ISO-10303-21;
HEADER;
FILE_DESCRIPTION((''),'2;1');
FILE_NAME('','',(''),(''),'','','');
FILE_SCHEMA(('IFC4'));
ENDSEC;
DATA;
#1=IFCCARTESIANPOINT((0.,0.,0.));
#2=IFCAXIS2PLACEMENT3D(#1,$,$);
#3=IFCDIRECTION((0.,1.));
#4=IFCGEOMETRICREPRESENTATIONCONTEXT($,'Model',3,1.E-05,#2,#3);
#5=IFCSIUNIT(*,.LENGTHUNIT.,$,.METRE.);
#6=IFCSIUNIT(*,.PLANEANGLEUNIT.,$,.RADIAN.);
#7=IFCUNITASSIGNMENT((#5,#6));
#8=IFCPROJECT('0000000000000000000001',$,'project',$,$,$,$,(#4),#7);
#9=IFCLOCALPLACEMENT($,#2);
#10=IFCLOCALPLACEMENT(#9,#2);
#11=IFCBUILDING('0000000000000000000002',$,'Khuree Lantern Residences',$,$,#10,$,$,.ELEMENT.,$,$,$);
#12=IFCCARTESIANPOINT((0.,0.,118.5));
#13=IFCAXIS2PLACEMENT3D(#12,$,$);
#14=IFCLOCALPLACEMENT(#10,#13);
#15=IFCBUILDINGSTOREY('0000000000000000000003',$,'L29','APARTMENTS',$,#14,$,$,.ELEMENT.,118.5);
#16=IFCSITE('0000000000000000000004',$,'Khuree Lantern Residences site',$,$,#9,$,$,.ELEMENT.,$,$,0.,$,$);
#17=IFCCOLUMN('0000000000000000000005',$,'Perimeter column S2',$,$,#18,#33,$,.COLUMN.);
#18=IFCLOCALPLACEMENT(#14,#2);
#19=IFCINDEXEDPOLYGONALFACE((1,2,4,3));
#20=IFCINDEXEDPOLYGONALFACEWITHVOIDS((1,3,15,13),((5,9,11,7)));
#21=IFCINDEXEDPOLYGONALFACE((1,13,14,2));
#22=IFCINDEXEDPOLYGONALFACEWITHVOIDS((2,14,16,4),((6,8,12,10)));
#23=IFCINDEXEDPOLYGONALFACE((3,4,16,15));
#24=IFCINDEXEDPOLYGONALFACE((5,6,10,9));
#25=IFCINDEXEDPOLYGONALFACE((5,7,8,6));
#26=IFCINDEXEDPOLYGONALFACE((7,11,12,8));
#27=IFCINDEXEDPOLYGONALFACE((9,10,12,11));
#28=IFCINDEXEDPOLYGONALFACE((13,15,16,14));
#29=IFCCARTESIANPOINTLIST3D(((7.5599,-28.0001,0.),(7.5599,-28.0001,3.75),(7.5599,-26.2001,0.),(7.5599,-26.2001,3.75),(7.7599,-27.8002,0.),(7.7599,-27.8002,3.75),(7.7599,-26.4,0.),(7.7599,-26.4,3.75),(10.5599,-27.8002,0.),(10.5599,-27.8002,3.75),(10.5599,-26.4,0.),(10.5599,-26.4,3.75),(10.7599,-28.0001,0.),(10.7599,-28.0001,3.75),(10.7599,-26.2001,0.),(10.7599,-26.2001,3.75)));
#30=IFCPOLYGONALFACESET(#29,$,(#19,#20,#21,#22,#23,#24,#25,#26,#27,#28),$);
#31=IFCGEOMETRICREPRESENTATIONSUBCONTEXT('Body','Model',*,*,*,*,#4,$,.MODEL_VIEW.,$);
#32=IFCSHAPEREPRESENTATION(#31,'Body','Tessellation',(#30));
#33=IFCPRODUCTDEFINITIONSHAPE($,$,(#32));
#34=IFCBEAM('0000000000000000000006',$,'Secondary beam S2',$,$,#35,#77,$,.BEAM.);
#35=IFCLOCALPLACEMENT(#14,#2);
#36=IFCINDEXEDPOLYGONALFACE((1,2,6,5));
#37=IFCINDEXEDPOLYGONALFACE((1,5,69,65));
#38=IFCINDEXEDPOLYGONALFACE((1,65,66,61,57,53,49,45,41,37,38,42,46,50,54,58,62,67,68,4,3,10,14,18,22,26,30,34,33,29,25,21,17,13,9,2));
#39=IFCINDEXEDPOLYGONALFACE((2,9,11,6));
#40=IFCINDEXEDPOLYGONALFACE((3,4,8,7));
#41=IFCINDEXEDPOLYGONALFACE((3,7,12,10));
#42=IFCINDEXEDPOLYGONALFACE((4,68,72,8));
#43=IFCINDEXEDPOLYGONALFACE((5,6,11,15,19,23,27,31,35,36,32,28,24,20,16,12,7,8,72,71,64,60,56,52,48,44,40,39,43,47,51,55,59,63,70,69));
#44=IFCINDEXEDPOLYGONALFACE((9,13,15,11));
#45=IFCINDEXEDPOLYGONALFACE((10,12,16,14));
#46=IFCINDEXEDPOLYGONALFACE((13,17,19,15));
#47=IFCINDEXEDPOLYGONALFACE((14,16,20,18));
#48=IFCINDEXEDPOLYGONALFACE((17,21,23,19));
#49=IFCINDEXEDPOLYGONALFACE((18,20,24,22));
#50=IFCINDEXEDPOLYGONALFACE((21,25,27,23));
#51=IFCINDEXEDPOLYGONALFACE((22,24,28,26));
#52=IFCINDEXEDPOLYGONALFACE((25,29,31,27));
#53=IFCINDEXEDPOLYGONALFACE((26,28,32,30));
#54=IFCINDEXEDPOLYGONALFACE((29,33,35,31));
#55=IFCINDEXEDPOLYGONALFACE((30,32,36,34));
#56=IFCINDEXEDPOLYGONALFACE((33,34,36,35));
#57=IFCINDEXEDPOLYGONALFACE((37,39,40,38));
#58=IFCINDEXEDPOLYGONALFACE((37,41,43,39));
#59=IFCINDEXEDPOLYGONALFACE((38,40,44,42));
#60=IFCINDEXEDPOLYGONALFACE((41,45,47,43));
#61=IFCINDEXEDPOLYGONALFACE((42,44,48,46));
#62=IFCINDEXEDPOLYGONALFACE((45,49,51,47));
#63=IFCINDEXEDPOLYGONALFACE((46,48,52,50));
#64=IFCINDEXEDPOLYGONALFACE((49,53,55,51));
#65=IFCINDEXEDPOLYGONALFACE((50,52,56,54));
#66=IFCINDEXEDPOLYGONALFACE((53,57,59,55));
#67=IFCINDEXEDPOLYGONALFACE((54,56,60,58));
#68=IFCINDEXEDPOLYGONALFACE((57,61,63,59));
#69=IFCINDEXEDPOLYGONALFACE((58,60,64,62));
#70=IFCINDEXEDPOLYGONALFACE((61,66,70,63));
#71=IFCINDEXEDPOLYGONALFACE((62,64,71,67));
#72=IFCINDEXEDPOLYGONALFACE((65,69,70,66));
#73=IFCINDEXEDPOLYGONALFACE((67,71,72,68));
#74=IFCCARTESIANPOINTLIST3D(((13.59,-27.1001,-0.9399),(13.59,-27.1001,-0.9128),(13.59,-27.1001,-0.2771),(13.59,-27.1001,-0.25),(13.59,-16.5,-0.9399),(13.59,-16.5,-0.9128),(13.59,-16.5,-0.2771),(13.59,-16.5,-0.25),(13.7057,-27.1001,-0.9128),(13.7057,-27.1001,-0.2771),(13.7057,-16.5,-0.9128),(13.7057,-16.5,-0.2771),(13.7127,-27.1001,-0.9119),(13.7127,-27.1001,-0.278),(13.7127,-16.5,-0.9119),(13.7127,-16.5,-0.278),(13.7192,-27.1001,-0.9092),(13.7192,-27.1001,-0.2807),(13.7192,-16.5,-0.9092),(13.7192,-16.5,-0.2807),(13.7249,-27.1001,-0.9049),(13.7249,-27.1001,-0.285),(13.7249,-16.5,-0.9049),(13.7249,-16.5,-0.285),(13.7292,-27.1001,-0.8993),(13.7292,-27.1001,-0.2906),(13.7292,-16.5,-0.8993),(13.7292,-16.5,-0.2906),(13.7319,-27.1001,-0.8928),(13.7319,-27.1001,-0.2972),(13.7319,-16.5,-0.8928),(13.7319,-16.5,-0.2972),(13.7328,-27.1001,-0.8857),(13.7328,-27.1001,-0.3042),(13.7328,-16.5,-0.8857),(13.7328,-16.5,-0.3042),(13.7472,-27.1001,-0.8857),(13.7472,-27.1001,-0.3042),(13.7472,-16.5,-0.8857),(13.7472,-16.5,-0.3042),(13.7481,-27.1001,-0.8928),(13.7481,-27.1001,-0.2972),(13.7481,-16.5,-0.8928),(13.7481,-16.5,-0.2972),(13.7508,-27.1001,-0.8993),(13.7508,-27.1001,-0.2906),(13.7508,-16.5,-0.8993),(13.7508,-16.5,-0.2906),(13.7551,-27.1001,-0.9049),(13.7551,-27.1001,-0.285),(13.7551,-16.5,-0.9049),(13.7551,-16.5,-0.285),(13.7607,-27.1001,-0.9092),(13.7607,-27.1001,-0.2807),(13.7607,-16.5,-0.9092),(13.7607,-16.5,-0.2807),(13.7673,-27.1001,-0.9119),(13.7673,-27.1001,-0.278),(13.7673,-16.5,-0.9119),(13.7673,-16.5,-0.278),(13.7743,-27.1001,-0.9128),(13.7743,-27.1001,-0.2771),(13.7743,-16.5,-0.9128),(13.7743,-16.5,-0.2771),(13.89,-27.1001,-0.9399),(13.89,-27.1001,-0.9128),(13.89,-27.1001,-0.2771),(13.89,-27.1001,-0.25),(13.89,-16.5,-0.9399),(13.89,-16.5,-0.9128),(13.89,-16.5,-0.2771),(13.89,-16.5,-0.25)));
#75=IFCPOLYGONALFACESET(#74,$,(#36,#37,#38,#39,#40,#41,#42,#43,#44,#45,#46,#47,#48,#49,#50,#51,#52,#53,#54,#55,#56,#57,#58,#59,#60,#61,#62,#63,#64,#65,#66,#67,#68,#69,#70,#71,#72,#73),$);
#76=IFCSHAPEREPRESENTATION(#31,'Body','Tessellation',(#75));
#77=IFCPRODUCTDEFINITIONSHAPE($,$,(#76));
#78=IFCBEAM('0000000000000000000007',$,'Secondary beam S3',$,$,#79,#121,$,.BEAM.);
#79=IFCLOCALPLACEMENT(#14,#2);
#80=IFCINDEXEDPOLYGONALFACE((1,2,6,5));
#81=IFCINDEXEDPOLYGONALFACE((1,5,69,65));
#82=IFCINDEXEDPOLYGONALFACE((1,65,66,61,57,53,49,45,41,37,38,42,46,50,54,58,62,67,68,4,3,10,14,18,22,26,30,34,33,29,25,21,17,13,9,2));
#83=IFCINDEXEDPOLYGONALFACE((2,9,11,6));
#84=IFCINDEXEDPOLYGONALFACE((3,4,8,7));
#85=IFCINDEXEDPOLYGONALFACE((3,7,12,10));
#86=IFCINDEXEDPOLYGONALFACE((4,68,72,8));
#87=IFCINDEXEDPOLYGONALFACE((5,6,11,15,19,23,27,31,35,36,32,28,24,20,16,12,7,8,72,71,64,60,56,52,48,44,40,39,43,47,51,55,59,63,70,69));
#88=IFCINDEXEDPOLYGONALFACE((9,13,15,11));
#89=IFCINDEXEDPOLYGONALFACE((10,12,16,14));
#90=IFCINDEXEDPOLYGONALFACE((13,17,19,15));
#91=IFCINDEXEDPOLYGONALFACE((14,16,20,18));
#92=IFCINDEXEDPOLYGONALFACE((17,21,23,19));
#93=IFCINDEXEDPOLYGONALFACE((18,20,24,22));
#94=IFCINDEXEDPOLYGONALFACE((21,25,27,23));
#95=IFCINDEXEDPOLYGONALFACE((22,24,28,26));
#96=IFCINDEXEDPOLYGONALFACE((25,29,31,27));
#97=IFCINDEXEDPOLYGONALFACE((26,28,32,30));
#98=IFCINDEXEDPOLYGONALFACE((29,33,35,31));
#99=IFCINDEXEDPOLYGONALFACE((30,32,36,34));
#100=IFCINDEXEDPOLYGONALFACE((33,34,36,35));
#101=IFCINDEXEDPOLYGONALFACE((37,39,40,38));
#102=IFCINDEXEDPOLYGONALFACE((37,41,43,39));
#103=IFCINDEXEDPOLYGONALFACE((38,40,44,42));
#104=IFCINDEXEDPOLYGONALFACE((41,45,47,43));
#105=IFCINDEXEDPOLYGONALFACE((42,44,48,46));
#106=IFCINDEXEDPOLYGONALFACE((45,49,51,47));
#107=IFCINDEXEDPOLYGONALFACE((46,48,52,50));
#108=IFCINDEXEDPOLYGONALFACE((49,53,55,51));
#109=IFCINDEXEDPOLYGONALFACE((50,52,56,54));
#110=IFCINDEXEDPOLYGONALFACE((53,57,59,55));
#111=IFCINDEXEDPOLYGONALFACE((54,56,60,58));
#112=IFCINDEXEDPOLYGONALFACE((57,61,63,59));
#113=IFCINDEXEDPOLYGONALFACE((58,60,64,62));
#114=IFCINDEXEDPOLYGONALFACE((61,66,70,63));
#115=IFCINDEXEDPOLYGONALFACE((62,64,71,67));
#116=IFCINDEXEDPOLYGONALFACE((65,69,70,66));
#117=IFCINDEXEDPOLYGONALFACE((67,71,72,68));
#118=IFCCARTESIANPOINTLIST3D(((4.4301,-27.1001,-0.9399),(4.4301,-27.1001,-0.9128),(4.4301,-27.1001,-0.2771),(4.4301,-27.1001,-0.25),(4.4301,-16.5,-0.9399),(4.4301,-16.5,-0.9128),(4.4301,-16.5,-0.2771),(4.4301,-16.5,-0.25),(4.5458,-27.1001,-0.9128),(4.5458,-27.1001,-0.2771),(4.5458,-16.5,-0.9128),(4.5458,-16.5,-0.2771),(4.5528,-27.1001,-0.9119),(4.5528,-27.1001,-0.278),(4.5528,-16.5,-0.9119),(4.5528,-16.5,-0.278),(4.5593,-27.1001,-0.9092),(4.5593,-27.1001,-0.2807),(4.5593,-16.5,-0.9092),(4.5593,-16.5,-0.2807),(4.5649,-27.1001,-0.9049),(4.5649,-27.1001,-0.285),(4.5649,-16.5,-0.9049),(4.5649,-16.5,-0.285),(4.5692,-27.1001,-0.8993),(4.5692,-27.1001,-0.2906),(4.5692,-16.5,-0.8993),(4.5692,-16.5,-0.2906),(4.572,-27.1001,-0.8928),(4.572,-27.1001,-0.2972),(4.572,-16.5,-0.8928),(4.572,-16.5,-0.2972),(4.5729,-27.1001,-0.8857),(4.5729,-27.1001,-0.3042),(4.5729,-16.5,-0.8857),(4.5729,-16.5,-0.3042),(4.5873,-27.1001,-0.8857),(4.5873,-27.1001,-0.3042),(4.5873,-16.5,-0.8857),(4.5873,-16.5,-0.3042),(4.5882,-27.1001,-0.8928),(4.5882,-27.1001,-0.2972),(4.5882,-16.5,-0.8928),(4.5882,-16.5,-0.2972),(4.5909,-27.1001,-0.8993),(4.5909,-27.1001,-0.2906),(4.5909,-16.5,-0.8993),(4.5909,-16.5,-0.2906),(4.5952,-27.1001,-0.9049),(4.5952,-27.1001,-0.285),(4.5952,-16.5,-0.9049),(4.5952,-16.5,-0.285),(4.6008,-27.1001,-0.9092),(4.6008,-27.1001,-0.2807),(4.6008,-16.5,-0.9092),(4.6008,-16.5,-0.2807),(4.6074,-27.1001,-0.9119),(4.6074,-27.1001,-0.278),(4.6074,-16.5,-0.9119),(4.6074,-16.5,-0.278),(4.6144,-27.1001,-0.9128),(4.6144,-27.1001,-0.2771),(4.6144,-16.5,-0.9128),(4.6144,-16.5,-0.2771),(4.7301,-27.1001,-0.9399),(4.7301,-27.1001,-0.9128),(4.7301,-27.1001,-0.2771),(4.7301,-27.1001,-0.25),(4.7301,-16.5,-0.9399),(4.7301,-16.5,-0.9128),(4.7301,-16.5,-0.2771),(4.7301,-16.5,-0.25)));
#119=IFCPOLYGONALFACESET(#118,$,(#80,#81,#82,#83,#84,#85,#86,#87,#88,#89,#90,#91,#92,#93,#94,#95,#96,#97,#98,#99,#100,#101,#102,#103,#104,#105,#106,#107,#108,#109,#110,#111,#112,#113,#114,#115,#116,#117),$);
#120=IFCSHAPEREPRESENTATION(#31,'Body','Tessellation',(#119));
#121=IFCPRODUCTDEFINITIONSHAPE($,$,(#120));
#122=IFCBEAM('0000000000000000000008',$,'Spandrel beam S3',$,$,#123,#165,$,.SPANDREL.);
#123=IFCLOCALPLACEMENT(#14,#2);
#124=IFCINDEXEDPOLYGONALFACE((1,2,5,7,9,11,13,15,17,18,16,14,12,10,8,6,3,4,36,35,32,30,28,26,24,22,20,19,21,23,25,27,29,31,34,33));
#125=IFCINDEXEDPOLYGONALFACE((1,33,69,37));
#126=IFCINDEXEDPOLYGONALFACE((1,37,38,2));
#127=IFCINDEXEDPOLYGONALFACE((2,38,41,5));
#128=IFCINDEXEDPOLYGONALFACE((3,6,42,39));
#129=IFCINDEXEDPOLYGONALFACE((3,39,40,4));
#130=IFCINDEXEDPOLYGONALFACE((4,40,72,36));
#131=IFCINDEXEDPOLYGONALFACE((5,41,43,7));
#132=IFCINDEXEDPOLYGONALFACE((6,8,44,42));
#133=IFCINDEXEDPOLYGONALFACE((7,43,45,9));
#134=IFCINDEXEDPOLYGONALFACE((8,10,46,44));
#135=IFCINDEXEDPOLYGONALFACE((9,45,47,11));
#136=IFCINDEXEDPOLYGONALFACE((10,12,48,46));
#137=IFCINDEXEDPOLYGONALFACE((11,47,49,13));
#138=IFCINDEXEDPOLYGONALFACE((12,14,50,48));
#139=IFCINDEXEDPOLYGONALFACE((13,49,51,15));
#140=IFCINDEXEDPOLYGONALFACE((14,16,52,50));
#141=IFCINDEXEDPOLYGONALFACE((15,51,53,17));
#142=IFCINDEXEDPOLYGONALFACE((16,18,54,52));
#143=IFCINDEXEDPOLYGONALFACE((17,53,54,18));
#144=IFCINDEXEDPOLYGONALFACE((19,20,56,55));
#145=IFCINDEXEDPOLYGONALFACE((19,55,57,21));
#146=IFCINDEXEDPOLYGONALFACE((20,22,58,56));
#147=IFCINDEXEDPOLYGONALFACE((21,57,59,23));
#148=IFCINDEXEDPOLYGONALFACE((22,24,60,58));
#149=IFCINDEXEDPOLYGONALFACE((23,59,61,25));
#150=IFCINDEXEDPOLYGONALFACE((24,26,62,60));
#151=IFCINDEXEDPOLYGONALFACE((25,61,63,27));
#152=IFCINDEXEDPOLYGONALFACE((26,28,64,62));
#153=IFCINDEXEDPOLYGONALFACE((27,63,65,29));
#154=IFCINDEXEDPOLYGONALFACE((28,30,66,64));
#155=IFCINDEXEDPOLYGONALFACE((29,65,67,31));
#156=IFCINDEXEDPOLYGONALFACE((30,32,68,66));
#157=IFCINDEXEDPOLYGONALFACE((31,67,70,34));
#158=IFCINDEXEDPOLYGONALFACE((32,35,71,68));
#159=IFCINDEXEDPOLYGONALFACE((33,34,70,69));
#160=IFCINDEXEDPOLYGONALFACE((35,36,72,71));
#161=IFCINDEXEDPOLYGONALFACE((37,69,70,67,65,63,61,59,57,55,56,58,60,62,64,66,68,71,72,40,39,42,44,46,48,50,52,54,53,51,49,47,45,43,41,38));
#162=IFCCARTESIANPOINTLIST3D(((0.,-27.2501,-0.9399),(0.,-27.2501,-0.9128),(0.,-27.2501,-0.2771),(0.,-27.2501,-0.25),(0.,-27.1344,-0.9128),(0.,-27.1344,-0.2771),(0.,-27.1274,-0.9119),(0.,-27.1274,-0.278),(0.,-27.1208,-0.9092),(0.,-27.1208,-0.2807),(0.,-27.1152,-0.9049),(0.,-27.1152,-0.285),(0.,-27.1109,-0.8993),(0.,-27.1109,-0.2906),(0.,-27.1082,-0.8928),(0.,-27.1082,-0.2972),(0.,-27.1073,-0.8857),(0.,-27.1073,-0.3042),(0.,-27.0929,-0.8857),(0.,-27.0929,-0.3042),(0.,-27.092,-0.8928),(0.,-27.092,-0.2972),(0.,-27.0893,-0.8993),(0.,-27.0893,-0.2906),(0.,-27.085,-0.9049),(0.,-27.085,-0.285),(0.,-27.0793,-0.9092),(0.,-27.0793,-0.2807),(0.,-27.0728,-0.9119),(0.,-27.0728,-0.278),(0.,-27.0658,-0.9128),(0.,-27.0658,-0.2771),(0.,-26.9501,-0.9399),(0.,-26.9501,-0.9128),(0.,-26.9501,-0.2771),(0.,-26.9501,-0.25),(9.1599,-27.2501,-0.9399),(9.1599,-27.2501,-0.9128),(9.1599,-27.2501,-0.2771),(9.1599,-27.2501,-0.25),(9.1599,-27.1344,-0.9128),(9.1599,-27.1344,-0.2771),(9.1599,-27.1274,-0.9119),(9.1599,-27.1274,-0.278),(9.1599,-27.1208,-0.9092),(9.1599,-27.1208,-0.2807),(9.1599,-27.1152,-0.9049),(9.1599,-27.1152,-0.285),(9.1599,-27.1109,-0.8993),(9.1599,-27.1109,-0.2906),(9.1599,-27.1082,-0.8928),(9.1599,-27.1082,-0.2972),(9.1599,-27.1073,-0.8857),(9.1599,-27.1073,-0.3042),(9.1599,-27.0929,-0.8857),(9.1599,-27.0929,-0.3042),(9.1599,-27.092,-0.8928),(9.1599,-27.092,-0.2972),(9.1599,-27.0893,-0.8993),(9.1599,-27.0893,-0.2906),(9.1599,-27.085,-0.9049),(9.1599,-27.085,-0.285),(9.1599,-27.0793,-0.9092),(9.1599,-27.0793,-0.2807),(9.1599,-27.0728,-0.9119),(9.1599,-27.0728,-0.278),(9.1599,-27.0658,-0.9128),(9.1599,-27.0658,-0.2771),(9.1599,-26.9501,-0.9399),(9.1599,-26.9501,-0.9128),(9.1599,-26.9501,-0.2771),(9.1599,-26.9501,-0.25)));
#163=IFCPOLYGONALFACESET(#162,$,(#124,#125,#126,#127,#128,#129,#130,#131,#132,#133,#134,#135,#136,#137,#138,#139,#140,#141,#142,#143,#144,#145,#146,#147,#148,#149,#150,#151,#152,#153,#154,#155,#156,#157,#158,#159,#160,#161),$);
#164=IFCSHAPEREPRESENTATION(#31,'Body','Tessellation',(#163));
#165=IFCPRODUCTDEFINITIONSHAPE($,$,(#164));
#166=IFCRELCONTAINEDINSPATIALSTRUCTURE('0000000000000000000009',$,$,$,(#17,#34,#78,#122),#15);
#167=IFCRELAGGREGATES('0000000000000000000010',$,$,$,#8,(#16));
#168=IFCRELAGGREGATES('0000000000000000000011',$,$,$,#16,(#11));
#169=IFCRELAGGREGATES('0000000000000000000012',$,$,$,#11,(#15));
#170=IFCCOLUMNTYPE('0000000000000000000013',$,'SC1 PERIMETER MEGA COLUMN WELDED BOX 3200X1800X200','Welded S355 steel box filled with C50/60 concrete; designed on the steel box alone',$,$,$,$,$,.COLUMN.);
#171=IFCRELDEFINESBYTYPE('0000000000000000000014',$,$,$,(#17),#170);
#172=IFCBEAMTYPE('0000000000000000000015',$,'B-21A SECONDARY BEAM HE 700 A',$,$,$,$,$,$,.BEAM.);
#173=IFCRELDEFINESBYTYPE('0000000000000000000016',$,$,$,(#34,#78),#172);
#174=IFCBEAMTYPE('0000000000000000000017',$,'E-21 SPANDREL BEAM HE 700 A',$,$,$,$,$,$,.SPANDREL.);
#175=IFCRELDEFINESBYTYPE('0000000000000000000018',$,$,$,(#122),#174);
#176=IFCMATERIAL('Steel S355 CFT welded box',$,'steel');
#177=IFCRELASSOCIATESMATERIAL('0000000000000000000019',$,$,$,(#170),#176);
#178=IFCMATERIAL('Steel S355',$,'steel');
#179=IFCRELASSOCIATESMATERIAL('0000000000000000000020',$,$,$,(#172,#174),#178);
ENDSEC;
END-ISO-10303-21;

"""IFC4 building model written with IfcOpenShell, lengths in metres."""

from ifc_helpers import new_model, si_unit, direction, frame, origin, origin_2d, place, context, subcontext, project, spatial, hollow_rectangle, i_section, extrude, material, material_profile, profile_set, type_object, element, save


model = new_model("IFC4")

# Units and contexts
model_context = context("Model", 3, precision=1e-05, world=origin(), true_north=direction((0.0, 1.0)))
body_context = subcontext(model_context, "Body", "Model", "MODEL_VIEW")
ifc_project = project(units=[si_unit("LENGTHUNIT", "METRE"), si_unit("PLANEANGLEUNIT", "RADIAN")], contexts=[model_context])

# Site, building, storey
site_placement = place(None, origin())
site = spatial("IfcSite", under=ifc_project, at=site_placement, Name="Khuree Lantern Residences site", CompositionType="ELEMENT", RefElevation=0.0)
building_placement = place(site_placement, origin())
building = spatial("IfcBuilding", under=site, at=building_placement, Name="Khuree Lantern Residences", CompositionType="ELEMENT")
storey_placement = place(building_placement, frame((0.0, 0.0, 118.5)))
storey = spatial("IfcBuildingStorey", under=building, at=storey_placement, Name="L29", Description="APARTMENTS", CompositionType="ELEMENT", Elevation=118.5)

# Column
ifc_material_1 = material(Name="Steel S355 CFT welded box", Category="steel")
ifc_material_profile_1 = material_profile(ifc_material_1, hollow_rectangle(XDim=3.2, YDim=1.8, WallThickness=0.2, at=origin_2d()), Name="WELDED BOX 3200X1800X200")
ifc_profile_set_1 = profile_set([ifc_material_profile_1], Name="Steel S355 CFT welded box")
column_type = type_object("IfcColumnType", Name="SC1 PERIMETER MEGA COLUMN WELDED BOX 3200X1800X200", Description="Welded S355 steel box filled with C50/60 concrete; designed on the steel box alone", PredefinedType="COLUMN", material=ifc_profile_set_1)
column_placement = place(storey_placement, frame((9.1599, -27.1001, 0.0), z_axis=(0.0, 0.0, 1.0), x_axis=(1.0, 0.0, 0.0)))
element("IfcColumn", 1, at=column_placement, inside=storey, type_object=column_type, Name="Perimeter column S2", PredefinedType="COLUMN", context=body_context, shape_type="SweptSolid", body=[
    extrude(hollow_rectangle(XDim=3.2, YDim=1.8, WallThickness=0.2, at=origin_2d()), origin(), (0.0, 0.0, 1.0), 3.75),
])

# Beams
ifc_material_2 = material(Name="Steel S355", Category="steel")
ifc_material_profile_2 = material_profile(ifc_material_2, i_section(OverallWidth=0.3, OverallDepth=0.6899, WebThickness=0.0144, FlangeThickness=0.0271, FilletRadius=0.0271, at=origin_2d()), Name="HE 700 A")
ifc_profile_set_2 = profile_set([ifc_material_profile_2], Name="Steel S355")
beam_type_1 = type_object("IfcBeamType", Name="B-21A SECONDARY BEAM HE 700 A", PredefinedType="BEAM", material=ifc_profile_set_2)
for number, where, z_axis, x_axis, name in (
    (2, (13.74, -27.1001, -0.595), (0.0, 1.0, 0.0), (-1.0, 0.0, 0.0), "Secondary beam S2"),
    (3, (4.5801, -27.1001, -0.595), (0.0, 1.0, 0.0), (-1.0, 0.0, 0.0), "Secondary beam S3"),
):
    element("IfcBeam", number, at=place(storey_placement, frame(where, z_axis=z_axis, x_axis=x_axis)), inside=storey, type_object=beam_type_1, Name=name, PredefinedType="BEAM", context=body_context, shape_type="SweptSolid", body=[
        extrude(i_section(OverallWidth=0.3, OverallDepth=0.6899, WebThickness=0.0144, FlangeThickness=0.0271, FilletRadius=0.0271, at=origin_2d()), origin(), (0.0, 0.0, 1.0), 10.6001),
    ])
ifc_material_profile_3 = material_profile(ifc_material_2, i_section(OverallWidth=0.3, OverallDepth=0.6899, WebThickness=0.0144, FlangeThickness=0.0271, FilletRadius=0.0271, at=origin_2d()), Name="HE 700 A")
ifc_profile_set_3 = profile_set([ifc_material_profile_3], Name="Steel S355")
beam_type_2 = type_object("IfcBeamType", Name="E-21 SPANDREL BEAM HE 700 A", PredefinedType="SPANDREL", material=ifc_profile_set_3)
for number, where, z_axis, x_axis, name in (
    (4, (9.1599, -27.1001, -0.595), (-1.0, 0.0, 0.0), (0.0, -1.0, 0.0), "Spandrel beam S3"),
):
    element("IfcBeam", number, at=place(storey_placement, frame(where, z_axis=z_axis, x_axis=x_axis)), inside=storey, type_object=beam_type_2, Name=name, PredefinedType="SPANDREL", context=body_context, shape_type="SweptSolid", body=[
        extrude(i_section(OverallWidth=0.3, OverallDepth=0.6899, WebThickness=0.0144, FlangeThickness=0.0271, FilletRadius=0.0271, at=origin_2d()), origin(), (0.0, 0.0, 1.0), 9.1599),
    ])

save(model, "model.ifc")
